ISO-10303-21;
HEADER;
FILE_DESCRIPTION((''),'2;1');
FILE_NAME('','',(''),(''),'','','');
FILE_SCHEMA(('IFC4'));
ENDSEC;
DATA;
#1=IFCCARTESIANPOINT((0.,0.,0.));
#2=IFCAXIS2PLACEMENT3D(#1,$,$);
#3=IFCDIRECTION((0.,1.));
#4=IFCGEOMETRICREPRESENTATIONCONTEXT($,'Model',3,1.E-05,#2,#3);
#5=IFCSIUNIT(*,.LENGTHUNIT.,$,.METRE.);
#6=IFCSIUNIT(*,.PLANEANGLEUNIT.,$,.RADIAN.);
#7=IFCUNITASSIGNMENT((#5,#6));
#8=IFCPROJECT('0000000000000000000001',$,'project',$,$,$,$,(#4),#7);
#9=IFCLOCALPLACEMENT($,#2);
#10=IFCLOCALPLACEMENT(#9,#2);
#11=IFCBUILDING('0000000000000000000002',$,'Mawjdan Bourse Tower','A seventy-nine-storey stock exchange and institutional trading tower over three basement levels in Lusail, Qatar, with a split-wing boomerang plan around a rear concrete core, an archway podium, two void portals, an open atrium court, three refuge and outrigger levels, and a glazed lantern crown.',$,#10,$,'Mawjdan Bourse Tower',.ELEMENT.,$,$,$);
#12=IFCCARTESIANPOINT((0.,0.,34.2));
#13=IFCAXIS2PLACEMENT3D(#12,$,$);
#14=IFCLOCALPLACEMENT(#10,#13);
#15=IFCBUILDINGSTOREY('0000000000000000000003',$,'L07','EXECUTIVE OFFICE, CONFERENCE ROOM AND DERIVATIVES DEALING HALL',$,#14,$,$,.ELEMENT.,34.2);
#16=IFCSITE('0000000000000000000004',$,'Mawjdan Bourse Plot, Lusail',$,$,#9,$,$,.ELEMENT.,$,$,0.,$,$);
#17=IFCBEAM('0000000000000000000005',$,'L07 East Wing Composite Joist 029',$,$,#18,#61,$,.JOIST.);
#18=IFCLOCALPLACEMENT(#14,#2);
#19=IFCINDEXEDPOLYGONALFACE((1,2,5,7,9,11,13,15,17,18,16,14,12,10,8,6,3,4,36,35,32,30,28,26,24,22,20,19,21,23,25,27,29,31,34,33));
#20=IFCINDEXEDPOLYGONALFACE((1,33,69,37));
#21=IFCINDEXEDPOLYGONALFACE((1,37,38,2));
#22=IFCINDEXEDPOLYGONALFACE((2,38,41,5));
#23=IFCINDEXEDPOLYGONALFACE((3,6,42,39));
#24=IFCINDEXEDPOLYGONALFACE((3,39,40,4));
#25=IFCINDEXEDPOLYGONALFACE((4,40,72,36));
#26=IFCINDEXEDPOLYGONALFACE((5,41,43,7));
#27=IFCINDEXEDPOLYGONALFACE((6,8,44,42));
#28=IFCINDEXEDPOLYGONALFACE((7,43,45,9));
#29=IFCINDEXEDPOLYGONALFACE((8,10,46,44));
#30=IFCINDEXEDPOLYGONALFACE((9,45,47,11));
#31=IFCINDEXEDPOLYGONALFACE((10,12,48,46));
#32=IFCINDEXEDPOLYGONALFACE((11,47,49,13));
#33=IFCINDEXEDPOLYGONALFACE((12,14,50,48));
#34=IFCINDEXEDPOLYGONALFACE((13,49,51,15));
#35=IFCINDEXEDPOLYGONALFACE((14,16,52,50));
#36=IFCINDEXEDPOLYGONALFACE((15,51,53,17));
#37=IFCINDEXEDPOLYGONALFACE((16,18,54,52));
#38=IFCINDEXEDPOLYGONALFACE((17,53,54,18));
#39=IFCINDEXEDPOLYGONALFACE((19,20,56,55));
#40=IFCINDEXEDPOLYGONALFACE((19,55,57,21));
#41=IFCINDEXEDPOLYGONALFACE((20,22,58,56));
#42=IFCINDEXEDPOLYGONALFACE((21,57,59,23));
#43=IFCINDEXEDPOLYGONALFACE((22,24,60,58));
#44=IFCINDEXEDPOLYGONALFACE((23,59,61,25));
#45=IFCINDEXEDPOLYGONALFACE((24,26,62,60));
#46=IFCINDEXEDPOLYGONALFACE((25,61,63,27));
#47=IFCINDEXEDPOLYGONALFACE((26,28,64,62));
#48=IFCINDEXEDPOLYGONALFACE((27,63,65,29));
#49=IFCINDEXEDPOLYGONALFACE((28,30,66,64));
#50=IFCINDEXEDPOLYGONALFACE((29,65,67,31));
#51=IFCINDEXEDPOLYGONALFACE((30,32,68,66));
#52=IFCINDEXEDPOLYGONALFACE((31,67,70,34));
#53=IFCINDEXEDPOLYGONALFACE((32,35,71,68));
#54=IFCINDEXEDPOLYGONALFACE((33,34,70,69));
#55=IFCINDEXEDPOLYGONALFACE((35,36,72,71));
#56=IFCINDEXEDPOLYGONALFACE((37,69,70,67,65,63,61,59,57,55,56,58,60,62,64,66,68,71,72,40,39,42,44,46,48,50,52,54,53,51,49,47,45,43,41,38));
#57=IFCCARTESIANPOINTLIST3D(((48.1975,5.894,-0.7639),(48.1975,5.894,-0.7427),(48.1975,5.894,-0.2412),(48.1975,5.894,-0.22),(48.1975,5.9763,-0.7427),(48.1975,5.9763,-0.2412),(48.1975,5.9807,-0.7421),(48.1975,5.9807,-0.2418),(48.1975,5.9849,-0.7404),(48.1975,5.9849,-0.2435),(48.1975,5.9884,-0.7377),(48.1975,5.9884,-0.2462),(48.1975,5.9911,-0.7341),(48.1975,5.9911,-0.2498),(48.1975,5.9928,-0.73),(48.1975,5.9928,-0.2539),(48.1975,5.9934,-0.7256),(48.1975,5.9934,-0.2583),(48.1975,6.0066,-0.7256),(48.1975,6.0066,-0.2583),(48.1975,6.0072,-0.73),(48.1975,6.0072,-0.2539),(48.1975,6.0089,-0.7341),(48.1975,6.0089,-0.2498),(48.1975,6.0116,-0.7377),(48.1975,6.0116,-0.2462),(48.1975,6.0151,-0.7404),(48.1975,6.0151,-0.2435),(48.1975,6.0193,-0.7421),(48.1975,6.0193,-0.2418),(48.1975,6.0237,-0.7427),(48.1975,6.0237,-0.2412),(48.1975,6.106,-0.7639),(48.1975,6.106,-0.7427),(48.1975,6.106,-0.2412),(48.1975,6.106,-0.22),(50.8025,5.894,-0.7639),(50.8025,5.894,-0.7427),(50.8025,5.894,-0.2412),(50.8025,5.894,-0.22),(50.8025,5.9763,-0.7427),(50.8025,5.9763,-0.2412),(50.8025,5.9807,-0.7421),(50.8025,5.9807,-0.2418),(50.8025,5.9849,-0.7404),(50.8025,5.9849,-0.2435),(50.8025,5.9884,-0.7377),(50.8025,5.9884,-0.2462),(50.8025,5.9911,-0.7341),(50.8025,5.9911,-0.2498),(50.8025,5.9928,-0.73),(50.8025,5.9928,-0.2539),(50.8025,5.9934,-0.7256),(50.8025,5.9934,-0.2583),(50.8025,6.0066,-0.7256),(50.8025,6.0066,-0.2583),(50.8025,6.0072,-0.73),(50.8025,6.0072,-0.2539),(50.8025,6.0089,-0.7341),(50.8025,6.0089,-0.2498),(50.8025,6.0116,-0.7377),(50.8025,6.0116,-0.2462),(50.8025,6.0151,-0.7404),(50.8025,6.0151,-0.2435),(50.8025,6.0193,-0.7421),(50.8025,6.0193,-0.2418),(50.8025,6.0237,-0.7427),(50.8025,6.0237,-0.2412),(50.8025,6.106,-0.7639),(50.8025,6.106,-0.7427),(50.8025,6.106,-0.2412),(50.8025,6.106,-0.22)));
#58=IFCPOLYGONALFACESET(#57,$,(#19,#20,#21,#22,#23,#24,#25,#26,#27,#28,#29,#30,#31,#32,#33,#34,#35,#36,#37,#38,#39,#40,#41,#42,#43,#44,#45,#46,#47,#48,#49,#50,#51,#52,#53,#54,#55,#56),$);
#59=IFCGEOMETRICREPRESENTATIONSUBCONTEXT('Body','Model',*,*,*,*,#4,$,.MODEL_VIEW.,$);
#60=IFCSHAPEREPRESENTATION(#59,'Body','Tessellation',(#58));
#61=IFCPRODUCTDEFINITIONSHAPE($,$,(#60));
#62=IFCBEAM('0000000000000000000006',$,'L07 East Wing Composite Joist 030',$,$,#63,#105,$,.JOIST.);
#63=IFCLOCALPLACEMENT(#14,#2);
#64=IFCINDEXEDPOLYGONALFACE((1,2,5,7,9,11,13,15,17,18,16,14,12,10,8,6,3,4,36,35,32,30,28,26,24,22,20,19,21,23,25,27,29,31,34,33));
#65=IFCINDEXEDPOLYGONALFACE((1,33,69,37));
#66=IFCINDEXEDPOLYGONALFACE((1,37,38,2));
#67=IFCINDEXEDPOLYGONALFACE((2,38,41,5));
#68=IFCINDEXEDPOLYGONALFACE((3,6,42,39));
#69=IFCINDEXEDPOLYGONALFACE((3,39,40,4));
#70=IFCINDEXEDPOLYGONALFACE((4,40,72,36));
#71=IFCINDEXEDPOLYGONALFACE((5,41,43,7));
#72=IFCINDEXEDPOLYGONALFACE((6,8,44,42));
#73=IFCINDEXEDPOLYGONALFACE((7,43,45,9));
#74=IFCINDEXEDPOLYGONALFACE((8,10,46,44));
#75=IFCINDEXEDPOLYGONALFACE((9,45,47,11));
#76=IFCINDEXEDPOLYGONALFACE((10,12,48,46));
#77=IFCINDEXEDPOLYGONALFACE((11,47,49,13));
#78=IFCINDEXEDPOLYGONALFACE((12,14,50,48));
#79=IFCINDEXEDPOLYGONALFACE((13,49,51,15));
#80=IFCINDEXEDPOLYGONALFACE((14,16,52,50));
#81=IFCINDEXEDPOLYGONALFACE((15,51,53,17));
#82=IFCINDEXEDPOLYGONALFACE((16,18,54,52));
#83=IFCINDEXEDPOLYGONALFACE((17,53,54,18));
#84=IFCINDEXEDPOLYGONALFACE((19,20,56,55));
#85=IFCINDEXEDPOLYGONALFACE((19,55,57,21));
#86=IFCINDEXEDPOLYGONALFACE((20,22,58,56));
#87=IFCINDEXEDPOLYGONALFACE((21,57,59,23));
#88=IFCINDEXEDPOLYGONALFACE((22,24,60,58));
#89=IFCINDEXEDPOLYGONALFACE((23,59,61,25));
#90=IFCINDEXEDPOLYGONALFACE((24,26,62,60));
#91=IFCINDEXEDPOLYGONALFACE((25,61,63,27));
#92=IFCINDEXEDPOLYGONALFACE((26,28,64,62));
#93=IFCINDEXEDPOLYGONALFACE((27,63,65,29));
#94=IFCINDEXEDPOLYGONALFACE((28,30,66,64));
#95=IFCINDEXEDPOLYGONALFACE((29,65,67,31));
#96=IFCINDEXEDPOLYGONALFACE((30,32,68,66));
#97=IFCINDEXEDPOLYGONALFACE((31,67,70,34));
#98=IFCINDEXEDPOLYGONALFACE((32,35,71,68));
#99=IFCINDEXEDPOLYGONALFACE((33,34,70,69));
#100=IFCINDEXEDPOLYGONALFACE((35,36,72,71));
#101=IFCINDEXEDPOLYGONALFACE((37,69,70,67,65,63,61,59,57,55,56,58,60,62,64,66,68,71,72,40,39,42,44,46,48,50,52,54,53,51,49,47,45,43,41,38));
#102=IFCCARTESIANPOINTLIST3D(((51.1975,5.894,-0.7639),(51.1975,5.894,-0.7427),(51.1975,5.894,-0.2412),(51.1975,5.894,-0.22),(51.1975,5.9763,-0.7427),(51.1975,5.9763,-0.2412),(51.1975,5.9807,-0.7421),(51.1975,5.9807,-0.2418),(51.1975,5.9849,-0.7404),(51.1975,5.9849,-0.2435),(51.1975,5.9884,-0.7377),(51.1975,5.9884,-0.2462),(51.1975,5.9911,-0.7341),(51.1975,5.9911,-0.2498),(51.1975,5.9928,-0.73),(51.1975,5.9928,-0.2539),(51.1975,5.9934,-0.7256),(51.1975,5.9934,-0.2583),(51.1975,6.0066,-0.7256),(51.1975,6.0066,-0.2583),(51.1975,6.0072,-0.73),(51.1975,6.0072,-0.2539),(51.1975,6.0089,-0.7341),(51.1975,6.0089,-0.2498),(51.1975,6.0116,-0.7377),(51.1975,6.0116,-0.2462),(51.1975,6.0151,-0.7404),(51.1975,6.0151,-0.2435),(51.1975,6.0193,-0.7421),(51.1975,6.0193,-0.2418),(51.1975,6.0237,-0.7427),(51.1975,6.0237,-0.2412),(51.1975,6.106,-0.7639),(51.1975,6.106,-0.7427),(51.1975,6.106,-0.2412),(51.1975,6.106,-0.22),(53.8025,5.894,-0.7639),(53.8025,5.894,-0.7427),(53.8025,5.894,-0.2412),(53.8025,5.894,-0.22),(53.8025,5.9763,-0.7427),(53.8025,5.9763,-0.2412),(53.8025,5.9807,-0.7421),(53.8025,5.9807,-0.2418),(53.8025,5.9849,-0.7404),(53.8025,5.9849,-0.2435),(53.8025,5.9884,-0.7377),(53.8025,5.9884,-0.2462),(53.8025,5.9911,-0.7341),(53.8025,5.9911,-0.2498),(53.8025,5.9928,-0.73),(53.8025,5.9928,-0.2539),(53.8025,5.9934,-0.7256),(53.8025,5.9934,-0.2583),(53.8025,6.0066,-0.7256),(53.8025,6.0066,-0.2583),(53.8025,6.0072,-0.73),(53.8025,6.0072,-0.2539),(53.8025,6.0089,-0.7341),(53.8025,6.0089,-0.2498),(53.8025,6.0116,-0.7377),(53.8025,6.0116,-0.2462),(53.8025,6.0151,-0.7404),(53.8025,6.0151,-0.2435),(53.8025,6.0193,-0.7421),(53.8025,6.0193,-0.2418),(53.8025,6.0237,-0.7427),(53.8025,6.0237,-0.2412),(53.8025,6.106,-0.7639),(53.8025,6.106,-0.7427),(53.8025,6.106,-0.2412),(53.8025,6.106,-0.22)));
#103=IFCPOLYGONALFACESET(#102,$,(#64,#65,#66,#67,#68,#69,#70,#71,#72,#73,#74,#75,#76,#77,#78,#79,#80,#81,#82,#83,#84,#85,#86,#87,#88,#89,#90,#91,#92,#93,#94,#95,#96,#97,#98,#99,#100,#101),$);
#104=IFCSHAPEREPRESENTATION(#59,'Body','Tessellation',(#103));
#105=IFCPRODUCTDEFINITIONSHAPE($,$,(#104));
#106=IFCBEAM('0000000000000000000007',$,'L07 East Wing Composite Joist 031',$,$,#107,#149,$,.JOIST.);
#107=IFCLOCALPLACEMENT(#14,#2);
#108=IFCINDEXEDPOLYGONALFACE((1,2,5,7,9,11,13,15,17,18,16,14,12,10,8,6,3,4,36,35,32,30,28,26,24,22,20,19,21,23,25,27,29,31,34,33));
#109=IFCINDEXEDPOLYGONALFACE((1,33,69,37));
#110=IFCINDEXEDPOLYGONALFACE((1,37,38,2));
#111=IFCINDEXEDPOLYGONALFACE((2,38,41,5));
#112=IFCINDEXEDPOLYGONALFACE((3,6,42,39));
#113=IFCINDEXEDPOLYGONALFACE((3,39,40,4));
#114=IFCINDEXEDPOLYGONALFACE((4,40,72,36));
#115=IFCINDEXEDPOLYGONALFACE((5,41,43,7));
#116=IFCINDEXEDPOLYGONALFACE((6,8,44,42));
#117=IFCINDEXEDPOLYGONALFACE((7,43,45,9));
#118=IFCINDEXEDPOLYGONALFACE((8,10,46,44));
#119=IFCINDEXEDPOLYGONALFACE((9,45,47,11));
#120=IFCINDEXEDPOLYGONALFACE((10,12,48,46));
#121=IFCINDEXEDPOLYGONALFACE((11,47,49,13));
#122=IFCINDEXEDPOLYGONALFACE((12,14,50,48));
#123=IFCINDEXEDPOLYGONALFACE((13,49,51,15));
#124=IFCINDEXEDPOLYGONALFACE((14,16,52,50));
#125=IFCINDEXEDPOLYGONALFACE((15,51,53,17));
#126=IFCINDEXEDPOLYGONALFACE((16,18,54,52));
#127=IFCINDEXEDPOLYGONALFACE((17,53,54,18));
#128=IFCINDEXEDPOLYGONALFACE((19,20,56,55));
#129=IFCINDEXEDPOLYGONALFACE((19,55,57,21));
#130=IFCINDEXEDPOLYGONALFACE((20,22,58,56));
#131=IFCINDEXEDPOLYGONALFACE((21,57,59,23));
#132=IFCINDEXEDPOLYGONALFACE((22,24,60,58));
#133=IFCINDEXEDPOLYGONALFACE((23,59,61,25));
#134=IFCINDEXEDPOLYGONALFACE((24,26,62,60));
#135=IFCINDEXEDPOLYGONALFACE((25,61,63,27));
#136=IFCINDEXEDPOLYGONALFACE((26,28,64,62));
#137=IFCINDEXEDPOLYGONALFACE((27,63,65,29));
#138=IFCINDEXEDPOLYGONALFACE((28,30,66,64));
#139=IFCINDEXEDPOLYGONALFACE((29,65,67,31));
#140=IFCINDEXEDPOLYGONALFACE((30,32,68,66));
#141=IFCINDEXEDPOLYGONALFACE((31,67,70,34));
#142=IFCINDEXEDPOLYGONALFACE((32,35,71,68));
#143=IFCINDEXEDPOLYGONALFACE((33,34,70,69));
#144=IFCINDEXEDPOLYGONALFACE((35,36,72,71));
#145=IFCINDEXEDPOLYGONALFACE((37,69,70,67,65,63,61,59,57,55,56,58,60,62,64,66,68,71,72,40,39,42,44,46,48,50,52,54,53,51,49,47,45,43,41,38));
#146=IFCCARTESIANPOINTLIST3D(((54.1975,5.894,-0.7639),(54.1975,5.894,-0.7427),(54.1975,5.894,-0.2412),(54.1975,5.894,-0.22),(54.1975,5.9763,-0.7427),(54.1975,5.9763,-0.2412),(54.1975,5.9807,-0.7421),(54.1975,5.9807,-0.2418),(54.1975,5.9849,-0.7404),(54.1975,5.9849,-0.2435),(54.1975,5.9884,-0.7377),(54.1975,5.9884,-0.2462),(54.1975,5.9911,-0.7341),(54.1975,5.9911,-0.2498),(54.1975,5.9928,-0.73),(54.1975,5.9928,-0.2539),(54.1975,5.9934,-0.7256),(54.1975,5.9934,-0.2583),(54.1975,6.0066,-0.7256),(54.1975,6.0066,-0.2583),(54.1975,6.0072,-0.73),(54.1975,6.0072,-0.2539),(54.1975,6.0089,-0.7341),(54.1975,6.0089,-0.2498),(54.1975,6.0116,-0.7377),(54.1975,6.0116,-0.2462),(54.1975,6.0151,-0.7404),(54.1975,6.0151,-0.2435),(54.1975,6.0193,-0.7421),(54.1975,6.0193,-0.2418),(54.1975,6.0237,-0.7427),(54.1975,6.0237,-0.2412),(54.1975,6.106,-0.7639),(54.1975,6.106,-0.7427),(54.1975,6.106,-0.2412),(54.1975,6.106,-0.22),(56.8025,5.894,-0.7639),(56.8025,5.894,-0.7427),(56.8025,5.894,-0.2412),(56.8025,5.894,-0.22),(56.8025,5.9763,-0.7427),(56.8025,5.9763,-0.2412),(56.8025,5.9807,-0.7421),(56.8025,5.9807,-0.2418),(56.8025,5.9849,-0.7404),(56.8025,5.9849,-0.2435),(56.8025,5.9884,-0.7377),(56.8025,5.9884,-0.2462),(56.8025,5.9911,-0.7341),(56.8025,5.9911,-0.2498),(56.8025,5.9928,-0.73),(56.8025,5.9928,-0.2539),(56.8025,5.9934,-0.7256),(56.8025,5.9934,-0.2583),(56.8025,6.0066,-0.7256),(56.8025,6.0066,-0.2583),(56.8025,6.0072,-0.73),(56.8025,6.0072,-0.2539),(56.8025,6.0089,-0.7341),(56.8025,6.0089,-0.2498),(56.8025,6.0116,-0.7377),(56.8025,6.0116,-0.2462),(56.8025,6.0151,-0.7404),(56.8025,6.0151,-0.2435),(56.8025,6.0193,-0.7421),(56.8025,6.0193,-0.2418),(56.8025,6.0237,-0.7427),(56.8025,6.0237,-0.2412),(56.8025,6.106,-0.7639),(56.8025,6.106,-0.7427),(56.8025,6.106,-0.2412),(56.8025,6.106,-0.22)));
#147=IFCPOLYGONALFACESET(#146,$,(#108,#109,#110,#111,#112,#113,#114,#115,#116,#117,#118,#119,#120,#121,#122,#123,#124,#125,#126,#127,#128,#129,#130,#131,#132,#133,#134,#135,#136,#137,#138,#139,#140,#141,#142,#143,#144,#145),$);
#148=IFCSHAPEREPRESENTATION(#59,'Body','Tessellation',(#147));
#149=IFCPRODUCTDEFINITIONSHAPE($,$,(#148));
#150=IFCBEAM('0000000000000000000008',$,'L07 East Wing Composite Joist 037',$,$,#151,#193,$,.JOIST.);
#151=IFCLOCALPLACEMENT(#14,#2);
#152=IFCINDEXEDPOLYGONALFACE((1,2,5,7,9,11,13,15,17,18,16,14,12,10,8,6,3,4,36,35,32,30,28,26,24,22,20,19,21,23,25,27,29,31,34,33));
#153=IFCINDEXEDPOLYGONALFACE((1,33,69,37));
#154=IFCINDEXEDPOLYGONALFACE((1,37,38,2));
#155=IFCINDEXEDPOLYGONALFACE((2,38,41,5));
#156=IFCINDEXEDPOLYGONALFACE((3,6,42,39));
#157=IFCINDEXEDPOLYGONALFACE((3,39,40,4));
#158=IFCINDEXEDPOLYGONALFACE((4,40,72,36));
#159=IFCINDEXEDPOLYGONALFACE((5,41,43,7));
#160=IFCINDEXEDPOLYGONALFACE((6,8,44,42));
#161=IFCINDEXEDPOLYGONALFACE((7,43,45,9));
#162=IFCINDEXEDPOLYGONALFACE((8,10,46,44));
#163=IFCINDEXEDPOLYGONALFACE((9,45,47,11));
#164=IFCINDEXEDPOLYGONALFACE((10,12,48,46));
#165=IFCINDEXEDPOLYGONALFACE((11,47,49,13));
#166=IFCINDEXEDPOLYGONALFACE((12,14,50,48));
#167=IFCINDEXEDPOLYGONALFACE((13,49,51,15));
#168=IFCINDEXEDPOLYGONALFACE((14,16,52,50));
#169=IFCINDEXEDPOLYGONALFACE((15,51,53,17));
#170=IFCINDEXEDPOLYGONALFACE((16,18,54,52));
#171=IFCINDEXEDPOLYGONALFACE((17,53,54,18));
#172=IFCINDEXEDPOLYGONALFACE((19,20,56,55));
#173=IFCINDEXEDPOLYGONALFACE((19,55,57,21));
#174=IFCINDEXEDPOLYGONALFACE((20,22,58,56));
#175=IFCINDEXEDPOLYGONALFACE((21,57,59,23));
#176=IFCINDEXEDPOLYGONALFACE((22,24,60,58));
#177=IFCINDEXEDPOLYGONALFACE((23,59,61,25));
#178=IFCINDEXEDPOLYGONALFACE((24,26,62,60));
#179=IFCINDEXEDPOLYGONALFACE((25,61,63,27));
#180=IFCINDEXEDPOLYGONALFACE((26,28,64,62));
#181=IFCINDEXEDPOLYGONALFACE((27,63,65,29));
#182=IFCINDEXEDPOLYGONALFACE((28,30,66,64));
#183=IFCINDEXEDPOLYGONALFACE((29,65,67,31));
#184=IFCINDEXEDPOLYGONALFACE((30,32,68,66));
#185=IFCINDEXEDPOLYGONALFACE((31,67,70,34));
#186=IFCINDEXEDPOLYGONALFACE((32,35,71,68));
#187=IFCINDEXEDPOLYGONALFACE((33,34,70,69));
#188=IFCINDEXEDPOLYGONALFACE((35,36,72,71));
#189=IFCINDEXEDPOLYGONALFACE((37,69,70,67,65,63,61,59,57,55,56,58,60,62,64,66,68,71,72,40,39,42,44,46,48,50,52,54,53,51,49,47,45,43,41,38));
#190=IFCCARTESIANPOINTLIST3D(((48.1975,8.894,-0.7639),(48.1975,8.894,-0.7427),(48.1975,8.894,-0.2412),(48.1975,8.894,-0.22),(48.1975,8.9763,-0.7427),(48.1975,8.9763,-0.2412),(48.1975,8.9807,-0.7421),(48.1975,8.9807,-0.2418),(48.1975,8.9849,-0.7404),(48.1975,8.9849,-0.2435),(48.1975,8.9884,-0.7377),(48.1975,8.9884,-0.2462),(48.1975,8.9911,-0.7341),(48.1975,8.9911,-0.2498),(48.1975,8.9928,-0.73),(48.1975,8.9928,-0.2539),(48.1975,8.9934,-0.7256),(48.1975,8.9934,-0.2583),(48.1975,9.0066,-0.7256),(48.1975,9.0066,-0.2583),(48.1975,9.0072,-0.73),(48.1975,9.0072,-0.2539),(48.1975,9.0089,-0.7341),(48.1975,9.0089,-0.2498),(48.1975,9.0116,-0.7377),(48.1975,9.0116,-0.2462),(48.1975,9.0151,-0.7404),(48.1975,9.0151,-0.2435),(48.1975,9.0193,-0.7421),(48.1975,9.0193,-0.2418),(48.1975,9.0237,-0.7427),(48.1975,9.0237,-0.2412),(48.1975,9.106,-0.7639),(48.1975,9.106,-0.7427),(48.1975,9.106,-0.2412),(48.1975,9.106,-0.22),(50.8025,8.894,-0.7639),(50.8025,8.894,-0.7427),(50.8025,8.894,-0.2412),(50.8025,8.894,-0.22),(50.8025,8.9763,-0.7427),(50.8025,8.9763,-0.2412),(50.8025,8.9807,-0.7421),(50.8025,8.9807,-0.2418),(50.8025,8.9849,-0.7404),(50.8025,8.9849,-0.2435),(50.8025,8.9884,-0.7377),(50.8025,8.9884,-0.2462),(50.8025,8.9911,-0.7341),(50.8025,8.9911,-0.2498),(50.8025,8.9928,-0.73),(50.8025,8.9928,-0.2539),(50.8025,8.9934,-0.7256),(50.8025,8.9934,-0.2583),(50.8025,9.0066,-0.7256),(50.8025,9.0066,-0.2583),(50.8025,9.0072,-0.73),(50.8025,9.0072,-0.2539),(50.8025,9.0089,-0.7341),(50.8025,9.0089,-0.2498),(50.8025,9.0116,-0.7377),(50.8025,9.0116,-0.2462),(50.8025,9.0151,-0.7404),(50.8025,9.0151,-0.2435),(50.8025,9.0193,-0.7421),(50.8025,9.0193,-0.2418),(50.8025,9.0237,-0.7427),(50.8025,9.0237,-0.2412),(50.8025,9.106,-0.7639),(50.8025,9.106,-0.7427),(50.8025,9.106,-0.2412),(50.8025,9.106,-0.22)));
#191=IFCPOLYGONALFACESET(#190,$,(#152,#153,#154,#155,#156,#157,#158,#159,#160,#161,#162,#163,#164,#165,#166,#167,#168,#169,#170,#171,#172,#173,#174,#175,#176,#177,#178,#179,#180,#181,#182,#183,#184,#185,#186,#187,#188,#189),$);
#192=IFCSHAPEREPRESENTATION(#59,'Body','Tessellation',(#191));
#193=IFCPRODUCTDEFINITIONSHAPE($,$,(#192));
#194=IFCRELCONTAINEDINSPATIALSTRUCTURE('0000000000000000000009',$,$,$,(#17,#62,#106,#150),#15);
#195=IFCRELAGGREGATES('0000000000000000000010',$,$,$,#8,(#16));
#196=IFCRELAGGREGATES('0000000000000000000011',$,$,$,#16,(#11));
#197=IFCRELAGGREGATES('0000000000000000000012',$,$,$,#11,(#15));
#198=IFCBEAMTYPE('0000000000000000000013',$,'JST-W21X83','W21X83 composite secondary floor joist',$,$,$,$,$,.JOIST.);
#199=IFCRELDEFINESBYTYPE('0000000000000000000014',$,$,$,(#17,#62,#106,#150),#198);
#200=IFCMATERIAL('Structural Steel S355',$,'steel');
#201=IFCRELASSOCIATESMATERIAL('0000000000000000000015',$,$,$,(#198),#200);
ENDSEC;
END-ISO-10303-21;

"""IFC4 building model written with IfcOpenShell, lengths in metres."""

from ifc_helpers import new_model, si_unit, direction, frame, origin, origin_2d, place, context, subcontext, project, spatial, i_section, extrude, material, material_profile, profile_set, type_object, element, save


model = new_model("IFC4")

# Units and contexts
model_context = context("Model", 3, precision=1e-05, world=origin(), true_north=direction((0.0, 1.0)))
body_context = subcontext(model_context, "Body", "Model", "MODEL_VIEW")
ifc_project = project(units=[si_unit("LENGTHUNIT", "METRE"), si_unit("PLANEANGLEUNIT", "RADIAN")], contexts=[model_context])

# Site, building, storey
site_placement = place(None, origin())
site = spatial("IfcSite", under=ifc_project, at=site_placement, Name="Mawjdan Bourse Plot, Lusail", CompositionType="ELEMENT", RefElevation=0.0)
building_placement = place(site_placement, origin())
building = spatial("IfcBuilding", under=site, at=building_placement, Name="Mawjdan Bourse Tower", Description="A seventy-nine-storey stock exchange and institutional trading tower over three basement levels in Lusail, Qatar, with a split-wing boomerang plan around a rear concrete core, an archway podium, two void portals, an open atrium court, three refuge and outrigger levels, and a glazed lantern crown.", LongName="Mawjdan Bourse Tower", CompositionType="ELEMENT")
storey_placement = place(building_placement, frame((0.0, 0.0, 34.2)))
storey = spatial("IfcBuildingStorey", under=building, at=storey_placement, Name="L07", Description="EXECUTIVE OFFICE, CONFERENCE ROOM AND DERIVATIVES DEALING HALL", CompositionType="ELEMENT", Elevation=34.2)

# Beams
ifc_material_1 = material(Name="Structural Steel S355", Category="steel")
ifc_material_profile_1 = material_profile(ifc_material_1, i_section(OverallWidth=0.2119, OverallDepth=0.5439, WebThickness=0.0132, FlangeThickness=0.0212, FilletRadius=0.0171, at=origin_2d()), Name="W21X83")
ifc_profile_set_1 = profile_set([ifc_material_profile_1], Name="Structural Steel S355")
beam_type_1 = type_object("IfcBeamType", Name="JST-W21X83", Description="W21X83 composite secondary floor joist", PredefinedType="JOIST", material=ifc_profile_set_1)
for number, where, z_axis, x_axis, name in (
    (1, (48.1975, 6.0, -0.4919), (1.0, 0.0, 0.0), (0.0, 1.0, 0.0), "L07 East Wing Composite Joist 029"),
    (2, (51.1975, 6.0, -0.4919), (1.0, 0.0, 0.0), (0.0, 1.0, 0.0), "L07 East Wing Composite Joist 030"),
    (3, (54.1975, 6.0, -0.4919), (1.0, 0.0, 0.0), (0.0, 1.0, 0.0), "L07 East Wing Composite Joist 031"),
    (4, (48.1975, 9.0, -0.4919), (1.0, 0.0, 0.0), (0.0, 1.0, 0.0), "L07 East Wing Composite Joist 037"),
):
    element("IfcBeam", number, at=place(storey_placement, frame(where, z_axis=z_axis, x_axis=x_axis)), inside=storey, type_object=beam_type_1, Name=name, PredefinedType="JOIST", context=body_context, shape_type="SweptSolid", body=[
        extrude(i_section(OverallWidth=0.2119, OverallDepth=0.5439, WebThickness=0.0132, FlangeThickness=0.0212, FilletRadius=0.0171, at=origin_2d()), origin(), (0.0, 0.0, 1.0), 2.605),
    ])

save(model, "model.ifc")
